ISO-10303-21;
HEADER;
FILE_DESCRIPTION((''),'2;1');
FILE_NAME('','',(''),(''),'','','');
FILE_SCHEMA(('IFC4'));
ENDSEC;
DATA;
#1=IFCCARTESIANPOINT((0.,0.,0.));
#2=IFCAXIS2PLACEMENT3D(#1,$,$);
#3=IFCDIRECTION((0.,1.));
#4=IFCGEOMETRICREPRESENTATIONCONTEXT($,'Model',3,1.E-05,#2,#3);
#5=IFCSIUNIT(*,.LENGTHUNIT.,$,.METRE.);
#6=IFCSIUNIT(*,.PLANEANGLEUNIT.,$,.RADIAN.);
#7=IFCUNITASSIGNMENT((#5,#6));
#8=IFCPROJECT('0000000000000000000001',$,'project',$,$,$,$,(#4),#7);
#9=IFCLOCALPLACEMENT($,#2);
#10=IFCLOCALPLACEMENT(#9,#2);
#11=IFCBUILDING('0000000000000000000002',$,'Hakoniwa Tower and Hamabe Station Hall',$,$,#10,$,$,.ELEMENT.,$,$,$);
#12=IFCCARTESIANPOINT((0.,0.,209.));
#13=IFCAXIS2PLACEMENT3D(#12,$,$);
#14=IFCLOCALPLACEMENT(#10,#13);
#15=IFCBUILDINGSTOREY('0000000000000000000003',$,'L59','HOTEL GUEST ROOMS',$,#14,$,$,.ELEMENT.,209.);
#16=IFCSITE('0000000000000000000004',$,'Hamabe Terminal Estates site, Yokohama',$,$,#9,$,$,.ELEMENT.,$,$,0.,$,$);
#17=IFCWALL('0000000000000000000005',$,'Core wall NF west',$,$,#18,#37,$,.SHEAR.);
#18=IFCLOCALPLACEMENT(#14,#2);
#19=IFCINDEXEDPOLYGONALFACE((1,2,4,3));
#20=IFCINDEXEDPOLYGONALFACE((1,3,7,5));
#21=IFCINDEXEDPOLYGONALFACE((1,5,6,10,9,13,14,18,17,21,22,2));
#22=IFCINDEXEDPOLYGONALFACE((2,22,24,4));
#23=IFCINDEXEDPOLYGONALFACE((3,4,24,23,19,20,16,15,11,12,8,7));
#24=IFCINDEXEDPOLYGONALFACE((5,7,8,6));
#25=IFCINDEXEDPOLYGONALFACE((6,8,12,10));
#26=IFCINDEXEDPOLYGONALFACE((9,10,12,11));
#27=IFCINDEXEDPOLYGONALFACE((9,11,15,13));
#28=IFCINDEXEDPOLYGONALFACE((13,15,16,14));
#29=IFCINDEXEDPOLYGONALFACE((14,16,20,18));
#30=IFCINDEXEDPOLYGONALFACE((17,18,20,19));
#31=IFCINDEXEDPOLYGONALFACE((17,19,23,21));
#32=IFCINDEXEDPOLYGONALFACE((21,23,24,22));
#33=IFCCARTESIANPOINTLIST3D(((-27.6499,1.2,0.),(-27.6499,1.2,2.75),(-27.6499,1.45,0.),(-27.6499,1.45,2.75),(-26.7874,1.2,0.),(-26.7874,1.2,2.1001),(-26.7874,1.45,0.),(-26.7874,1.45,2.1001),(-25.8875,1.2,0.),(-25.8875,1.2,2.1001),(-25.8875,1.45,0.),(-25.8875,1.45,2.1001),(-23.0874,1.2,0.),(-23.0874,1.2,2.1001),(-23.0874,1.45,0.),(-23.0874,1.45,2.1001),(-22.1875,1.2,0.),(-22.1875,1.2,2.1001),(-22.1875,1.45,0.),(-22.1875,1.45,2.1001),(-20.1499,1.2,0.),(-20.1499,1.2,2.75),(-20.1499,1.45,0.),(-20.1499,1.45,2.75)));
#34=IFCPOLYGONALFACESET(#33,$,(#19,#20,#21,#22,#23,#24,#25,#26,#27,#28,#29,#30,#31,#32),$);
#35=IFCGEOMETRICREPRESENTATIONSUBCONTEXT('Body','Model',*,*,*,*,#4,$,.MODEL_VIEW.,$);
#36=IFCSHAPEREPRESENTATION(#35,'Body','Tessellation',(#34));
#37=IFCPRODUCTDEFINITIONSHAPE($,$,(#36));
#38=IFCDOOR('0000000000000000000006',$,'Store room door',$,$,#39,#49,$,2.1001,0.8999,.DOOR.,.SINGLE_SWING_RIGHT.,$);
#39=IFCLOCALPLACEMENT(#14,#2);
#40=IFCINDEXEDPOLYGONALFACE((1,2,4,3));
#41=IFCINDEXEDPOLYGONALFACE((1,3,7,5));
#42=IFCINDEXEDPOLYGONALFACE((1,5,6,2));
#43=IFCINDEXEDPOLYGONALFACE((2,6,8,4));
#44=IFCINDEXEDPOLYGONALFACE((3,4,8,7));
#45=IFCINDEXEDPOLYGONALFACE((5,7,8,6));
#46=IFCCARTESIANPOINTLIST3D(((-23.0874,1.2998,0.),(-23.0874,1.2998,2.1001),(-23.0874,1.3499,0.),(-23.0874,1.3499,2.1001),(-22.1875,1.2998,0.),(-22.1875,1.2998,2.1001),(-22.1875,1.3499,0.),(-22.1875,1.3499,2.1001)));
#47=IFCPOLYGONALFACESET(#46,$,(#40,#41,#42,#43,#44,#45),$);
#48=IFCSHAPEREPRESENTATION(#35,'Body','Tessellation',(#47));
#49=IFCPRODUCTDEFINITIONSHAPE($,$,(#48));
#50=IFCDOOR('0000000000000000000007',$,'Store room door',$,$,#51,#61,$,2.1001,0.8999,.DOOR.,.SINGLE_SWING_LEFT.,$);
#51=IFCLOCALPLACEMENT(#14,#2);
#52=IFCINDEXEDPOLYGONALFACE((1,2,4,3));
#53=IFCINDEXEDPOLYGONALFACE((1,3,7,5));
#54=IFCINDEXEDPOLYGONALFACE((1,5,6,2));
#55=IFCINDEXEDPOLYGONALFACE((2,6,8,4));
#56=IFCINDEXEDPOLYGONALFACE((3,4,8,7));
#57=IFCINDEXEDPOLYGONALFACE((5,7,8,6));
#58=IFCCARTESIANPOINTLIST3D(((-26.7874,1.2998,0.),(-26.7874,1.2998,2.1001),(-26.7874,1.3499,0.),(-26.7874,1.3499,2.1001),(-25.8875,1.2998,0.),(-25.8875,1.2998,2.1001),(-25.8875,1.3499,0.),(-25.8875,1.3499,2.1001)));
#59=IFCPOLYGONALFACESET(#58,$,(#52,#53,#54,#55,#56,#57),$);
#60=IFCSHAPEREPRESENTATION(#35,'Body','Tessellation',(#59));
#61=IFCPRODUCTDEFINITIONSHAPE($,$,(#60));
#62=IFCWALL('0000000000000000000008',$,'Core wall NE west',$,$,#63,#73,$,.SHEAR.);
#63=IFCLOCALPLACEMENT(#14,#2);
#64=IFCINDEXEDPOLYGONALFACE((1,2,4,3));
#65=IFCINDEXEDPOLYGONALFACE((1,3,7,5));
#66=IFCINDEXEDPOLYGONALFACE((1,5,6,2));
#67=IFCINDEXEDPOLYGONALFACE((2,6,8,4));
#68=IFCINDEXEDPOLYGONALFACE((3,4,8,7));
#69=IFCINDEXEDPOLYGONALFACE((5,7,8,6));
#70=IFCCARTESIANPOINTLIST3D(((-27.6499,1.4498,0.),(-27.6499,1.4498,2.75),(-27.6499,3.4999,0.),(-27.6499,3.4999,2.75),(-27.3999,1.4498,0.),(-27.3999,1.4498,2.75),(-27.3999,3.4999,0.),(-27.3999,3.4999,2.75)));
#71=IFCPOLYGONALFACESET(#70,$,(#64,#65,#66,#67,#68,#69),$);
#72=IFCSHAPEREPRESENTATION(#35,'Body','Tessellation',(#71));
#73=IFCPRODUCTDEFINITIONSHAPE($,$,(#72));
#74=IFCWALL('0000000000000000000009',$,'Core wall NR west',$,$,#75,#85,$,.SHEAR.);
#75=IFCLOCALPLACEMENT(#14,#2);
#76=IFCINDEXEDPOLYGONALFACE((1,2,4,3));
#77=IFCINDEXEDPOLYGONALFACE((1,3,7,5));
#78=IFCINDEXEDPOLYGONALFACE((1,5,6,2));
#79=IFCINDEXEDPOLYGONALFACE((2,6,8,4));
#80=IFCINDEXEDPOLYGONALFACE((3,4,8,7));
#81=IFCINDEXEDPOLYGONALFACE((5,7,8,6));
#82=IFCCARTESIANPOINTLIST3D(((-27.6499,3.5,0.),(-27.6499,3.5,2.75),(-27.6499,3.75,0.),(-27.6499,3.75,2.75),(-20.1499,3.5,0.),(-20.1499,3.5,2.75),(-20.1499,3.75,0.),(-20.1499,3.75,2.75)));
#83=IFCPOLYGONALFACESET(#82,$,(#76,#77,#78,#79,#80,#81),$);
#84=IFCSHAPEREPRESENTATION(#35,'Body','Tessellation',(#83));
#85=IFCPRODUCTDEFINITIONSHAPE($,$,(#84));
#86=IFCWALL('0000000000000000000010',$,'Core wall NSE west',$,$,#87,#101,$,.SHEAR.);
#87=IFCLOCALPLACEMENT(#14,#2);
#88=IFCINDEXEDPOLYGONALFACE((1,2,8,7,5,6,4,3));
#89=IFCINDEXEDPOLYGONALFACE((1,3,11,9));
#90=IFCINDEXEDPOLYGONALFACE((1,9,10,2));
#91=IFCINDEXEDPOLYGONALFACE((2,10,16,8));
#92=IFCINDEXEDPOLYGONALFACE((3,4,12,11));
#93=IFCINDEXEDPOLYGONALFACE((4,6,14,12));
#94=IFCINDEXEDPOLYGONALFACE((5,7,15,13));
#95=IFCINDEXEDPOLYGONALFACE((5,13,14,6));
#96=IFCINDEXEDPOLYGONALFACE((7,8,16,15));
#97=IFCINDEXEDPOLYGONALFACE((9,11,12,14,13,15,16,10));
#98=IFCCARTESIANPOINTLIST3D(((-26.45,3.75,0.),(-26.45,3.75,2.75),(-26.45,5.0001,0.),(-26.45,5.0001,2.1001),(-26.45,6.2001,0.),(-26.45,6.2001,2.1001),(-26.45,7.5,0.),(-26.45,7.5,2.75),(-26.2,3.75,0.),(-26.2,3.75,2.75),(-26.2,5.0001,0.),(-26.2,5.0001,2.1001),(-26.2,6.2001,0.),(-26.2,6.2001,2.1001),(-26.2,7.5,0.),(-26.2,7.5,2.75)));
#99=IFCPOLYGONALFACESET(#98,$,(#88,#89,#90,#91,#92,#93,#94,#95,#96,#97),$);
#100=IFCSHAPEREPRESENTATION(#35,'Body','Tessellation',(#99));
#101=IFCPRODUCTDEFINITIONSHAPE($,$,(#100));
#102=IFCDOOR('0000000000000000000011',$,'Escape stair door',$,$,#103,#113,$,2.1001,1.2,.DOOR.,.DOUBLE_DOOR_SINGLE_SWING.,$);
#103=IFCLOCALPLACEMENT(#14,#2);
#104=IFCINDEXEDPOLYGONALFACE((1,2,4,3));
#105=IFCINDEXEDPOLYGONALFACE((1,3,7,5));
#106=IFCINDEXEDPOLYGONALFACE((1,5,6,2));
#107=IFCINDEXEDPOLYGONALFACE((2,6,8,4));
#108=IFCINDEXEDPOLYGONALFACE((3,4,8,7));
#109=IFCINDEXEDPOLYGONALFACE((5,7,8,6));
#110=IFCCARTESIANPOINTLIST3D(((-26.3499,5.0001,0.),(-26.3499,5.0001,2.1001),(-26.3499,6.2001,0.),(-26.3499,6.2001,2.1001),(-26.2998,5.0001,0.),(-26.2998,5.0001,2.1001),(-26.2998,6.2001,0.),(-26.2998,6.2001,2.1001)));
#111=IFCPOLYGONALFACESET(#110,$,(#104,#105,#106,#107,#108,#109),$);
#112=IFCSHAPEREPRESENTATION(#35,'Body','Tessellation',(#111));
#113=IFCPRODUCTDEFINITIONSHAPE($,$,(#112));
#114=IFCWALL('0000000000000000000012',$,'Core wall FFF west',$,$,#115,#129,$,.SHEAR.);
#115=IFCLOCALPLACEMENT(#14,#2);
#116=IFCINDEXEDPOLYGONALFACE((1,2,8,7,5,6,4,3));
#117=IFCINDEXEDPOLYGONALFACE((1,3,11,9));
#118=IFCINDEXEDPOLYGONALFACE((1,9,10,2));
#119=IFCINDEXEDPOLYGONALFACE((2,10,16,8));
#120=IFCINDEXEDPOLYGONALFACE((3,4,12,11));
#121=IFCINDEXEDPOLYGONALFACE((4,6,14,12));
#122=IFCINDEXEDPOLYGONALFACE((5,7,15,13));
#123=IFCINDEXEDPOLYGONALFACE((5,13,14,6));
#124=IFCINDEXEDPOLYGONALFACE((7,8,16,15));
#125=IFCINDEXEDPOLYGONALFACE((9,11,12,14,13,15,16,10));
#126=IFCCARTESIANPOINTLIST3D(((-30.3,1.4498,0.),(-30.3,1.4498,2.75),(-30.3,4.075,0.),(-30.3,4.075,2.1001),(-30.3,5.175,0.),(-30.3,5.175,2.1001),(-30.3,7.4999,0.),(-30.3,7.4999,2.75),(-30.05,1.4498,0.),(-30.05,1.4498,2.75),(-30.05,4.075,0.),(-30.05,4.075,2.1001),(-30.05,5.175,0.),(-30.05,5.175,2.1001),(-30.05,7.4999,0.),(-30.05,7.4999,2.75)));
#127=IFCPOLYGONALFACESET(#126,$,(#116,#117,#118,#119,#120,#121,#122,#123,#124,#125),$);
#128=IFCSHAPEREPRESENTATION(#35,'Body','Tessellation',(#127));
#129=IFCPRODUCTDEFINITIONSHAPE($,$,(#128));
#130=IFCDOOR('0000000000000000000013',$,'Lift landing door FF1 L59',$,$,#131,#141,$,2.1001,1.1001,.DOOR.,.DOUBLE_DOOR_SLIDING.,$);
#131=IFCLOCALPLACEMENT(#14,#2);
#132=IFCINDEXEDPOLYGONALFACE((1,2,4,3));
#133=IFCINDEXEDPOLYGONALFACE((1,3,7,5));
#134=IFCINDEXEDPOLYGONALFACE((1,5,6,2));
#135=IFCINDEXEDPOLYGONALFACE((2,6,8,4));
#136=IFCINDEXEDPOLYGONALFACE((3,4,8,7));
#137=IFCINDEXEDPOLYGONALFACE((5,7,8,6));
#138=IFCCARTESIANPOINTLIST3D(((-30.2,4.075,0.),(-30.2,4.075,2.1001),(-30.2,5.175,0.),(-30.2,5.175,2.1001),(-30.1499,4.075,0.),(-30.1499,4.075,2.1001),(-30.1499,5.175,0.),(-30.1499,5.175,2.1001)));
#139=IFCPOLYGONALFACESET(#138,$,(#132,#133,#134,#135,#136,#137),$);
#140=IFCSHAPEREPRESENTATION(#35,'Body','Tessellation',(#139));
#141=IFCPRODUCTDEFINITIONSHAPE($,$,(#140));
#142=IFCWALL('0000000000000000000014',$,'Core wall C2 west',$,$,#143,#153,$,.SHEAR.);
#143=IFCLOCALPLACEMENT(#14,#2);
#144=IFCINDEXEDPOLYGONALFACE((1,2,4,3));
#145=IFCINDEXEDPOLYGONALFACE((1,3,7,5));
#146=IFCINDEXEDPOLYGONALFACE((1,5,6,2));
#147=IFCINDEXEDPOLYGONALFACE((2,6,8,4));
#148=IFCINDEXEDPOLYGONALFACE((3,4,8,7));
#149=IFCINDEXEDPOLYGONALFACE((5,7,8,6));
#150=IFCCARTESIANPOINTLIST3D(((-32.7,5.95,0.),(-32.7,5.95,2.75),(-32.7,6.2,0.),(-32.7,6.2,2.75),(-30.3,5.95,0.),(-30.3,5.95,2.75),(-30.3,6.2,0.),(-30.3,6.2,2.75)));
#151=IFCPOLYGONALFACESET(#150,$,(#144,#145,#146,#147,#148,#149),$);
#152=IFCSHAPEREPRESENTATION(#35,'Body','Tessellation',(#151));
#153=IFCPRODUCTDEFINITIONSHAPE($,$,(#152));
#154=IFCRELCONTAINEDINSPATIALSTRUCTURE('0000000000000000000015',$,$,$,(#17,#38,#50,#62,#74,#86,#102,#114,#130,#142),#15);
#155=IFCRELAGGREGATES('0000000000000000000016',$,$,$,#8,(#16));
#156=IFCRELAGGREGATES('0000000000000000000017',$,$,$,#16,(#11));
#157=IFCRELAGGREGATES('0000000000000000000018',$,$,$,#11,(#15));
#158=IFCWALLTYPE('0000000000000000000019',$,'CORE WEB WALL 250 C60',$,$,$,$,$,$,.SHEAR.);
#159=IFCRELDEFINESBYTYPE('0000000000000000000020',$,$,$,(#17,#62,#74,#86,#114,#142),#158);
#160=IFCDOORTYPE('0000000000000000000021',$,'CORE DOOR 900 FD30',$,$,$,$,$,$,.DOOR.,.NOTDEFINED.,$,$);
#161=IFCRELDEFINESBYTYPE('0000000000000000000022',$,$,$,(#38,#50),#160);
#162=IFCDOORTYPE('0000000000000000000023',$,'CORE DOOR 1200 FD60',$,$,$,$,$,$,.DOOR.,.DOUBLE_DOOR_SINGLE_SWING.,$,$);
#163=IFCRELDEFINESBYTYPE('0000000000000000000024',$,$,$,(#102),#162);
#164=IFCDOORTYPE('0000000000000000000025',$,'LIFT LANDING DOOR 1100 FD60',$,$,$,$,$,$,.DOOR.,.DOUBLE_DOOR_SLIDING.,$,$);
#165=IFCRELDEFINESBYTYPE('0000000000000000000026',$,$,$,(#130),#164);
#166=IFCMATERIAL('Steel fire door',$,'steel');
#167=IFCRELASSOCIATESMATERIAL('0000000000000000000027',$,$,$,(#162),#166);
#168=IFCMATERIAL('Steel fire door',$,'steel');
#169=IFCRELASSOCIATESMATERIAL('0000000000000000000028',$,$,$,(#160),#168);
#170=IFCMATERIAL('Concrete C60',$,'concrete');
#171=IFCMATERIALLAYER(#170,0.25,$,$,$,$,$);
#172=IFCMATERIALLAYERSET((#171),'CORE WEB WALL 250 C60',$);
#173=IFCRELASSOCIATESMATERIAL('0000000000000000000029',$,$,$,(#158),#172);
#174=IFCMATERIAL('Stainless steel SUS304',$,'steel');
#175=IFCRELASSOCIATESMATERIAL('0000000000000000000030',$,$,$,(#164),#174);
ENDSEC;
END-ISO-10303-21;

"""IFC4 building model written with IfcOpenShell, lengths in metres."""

from ifc_helpers import new_model, si_unit, direction, frame, frame_2d, origin, place, context, subcontext, project, spatial, rectangle, extrude, material, layer, layer_set, type_object, element, fill, save


model = new_model("IFC4")

# Units and contexts
model_context = context("Model", 3, precision=1e-05, world=origin(), true_north=direction((0.0, 1.0)))
body_context = subcontext(model_context, "Body", "Model", "MODEL_VIEW")
ifc_project = project(units=[si_unit("LENGTHUNIT", "METRE"), si_unit("PLANEANGLEUNIT", "RADIAN")], contexts=[model_context])

# Site, building, storey
site_placement = place(None, origin())
site = spatial("IfcSite", under=ifc_project, at=site_placement, Name="Hamabe Terminal Estates site, Yokohama", CompositionType="ELEMENT", RefElevation=0.0)
building_placement = place(site_placement, origin())
building = spatial("IfcBuilding", under=site, at=building_placement, Name="Hakoniwa Tower and Hamabe Station Hall", CompositionType="ELEMENT")
storey_placement = place(building_placement, frame((0.0, 0.0, 209.0)))
storey = spatial("IfcBuildingStorey", under=building, at=storey_placement, Name="L59", Description="HOTEL GUEST ROOMS", CompositionType="ELEMENT", Elevation=209.0)

# Shared definitions
ifc_material_1 = material(Name="Steel fire door", Category="steel")
door_type_1 = type_object("IfcDoorType", Name="CORE DOOR 1200 FD60", OperationType="DOUBLE_DOOR_SINGLE_SWING", PredefinedType="DOOR", material=ifc_material_1)
ifc_material_2 = material(Name="Steel fire door", Category="steel")
door_type_2 = type_object("IfcDoorType", Name="CORE DOOR 900 FD30", OperationType="NOTDEFINED", PredefinedType="DOOR", material=ifc_material_2)

# Wall, openings, doors
ifc_material_3 = material(Name="Concrete C60", Category="concrete")
ifc_layer_1 = layer(ifc_material_3, 0.25)
ifc_layer_set_1 = layer_set([ifc_layer_1], Name="CORE WEB WALL 250 C60")
wall_type_1 = type_object("IfcWallType", Name="CORE WEB WALL 250 C60", PredefinedType="SHEAR", material=ifc_layer_set_1)
wall_1_placement = place(storey_placement, frame((-27.6499, 1.325, 0.0), z_axis=(0.0, 0.0, 1.0), x_axis=(1.0, 0.0, 0.0)))
wall_1 = element("IfcWall", 1, at=wall_1_placement, inside=storey, type_object=wall_type_1, Name="Core wall NF west", PredefinedType="SHEAR", context=body_context, shape_type="SweptSolid", body=[
    extrude(rectangle(XDim=7.5, YDim=0.25, at=frame_2d((3.75, 0.0))), origin(), (0.0, 0.0, 1.0), 2.75),
])
opening_1_placement = place(wall_1_placement, frame((4.5625, 0.0, 0.0)))
opening_1 = element("IfcOpeningElement", 2, at=opening_1_placement, cuts=wall_1, PredefinedType="OPENING", context=body_context, shape_type="SweptSolid", body=[
    extrude(rectangle(XDim=0.8999, YDim=2.1001, at=frame_2d((0.45, 1.05))), frame((0.0, 0.135, 0.0), z_axis=(0.0, -1.0, 0.0), x_axis=(1.0, 0.0, 0.0)), (0.0, 0.0, 1.0), 0.27),
])
opening_2_placement = place(wall_1_placement, frame((0.8625, 0.0, 0.0)))
opening_2 = element("IfcOpeningElement", 3, at=opening_2_placement, cuts=wall_1, PredefinedType="OPENING", context=body_context, shape_type="SweptSolid", body=[
    extrude(rectangle(XDim=0.8999, YDim=2.1001, at=frame_2d((0.45, 1.05))), frame((0.0, 0.135, 0.0), z_axis=(0.0, -1.0, 0.0), x_axis=(1.0, 0.0, 0.0)), (0.0, 0.0, 1.0), 0.27),
])
door_1_placement = place(opening_1_placement, origin())
door_1 = element("IfcDoor", 4, at=door_1_placement, inside=storey, type_object=door_type_2, Name="Store room door", OperationType="SINGLE_SWING_RIGHT", OverallHeight=2.1001, OverallWidth=0.8999, PredefinedType="DOOR", context=body_context, shape_type="SweptSolid", body=[
    extrude(rectangle(XDim=0.8999, YDim=2.1001, at=frame_2d((0.45, 1.05))), frame((0.0, 0.0249, 0.0), z_axis=(0.0, -1.0, 0.0), x_axis=(1.0, 0.0, 0.0)), (0.0, 0.0, 1.0), 0.05),
])
fill(opening_1, door_1)
door_2_placement = place(opening_2_placement, origin())
door_2 = element("IfcDoor", 5, at=door_2_placement, inside=storey, type_object=door_type_2, Name="Store room door", OperationType="SINGLE_SWING_LEFT", OverallHeight=2.1001, OverallWidth=0.8999, PredefinedType="DOOR", context=body_context, shape_type="SweptSolid", body=[
    extrude(rectangle(XDim=0.8999, YDim=2.1001, at=frame_2d((0.45, 1.05))), frame((0.0, 0.0249, 0.0), z_axis=(0.0, -1.0, 0.0), x_axis=(1.0, 0.0, 0.0)), (0.0, 0.0, 1.0), 0.05),
])
fill(opening_2, door_2)

# Walls
wall_2_placement = place(storey_placement, frame((-27.5249, 1.45, 0.0), z_axis=(0.0, 0.0, 1.0), x_axis=(0.0, 1.0, 0.0)))
element("IfcWall", 6, at=wall_2_placement, inside=storey, type_object=wall_type_1, Name="Core wall NE west", PredefinedType="SHEAR", context=body_context, shape_type="SweptSolid", body=[
    extrude(rectangle(XDim=2.05, YDim=0.25, at=frame_2d((1.0249, 0.0))), origin(), (0.0, 0.0, 1.0), 2.75),
])
wall_3_placement = place(storey_placement, frame((-27.6499, 3.625, 0.0), z_axis=(0.0, 0.0, 1.0), x_axis=(1.0, 0.0, 0.0)))
element("IfcWall", 7, at=wall_3_placement, inside=storey, type_object=wall_type_1, Name="Core wall NR west", PredefinedType="SHEAR", context=body_context, shape_type="SweptSolid", body=[
    extrude(rectangle(XDim=7.5, YDim=0.25, at=frame_2d((3.75, 0.0))), origin(), (0.0, 0.0, 1.0), 2.75),
])

# Walls, openings, doors
wall_4_placement = place(storey_placement, frame((-26.325, 3.75, 0.0), z_axis=(0.0, 0.0, 1.0), x_axis=(0.0, 1.0, 0.0)))
wall_4 = element("IfcWall", 8, at=wall_4_placement, inside=storey, type_object=wall_type_1, Name="Core wall NSE west", PredefinedType="SHEAR", context=body_context, shape_type="SweptSolid", body=[
    extrude(rectangle(XDim=3.75, YDim=0.25, at=frame_2d((1.875, 0.0))), origin(), (0.0, 0.0, 1.0), 2.75),
])
opening_3_placement = place(wall_4_placement, frame((1.25, 0.0, 0.0)))
opening_3 = element("IfcOpeningElement", 9, at=opening_3_placement, cuts=wall_4, PredefinedType="OPENING", context=body_context, shape_type="SweptSolid", body=[
    extrude(rectangle(XDim=1.2, YDim=2.1001, at=frame_2d((0.6001, 1.05))), frame((0.0, 0.135, 0.0), z_axis=(0.0, -1.0, 0.0), x_axis=(1.0, 0.0, 0.0)), (0.0, 0.0, 1.0), 0.27),
])
door_3_placement = place(opening_3_placement, origin())
door_3 = element("IfcDoor", 10, at=door_3_placement, inside=storey, type_object=door_type_1, Name="Escape stair door", OperationType="DOUBLE_DOOR_SINGLE_SWING", OverallHeight=2.1001, OverallWidth=1.2, PredefinedType="DOOR", context=body_context, shape_type="SweptSolid", body=[
    extrude(rectangle(XDim=1.2, YDim=2.1001, at=frame_2d((0.6001, 1.05))), frame((0.0, 0.0249, 0.0), z_axis=(0.0, -1.0, 0.0), x_axis=(1.0, 0.0, 0.0)), (0.0, 0.0, 1.0), 0.05),
])
fill(opening_3, door_3)
wall_5_placement = place(storey_placement, frame((-30.175, 1.45, 0.0), z_axis=(0.0, 0.0, 1.0), x_axis=(0.0, 1.0, 0.0)))
wall_5 = element("IfcWall", 11, at=wall_5_placement, inside=storey, type_object=wall_type_1, Name="Core wall FFF west", PredefinedType="SHEAR", context=body_context, shape_type="SweptSolid", body=[
    extrude(rectangle(XDim=6.05, YDim=0.25, at=frame_2d((3.0249, 0.0))), origin(), (0.0, 0.0, 1.0), 2.75),
])
opening_4_placement = place(wall_5_placement, frame((2.625, 0.0, 0.0)))
opening_4 = element("IfcOpeningElement", 12, at=opening_4_placement, cuts=wall_5, PredefinedType="OPENING", context=body_context, shape_type="SweptSolid", body=[
    extrude(rectangle(XDim=1.1001, YDim=2.1001, at=frame_2d((0.55, 1.05))), frame((0.0, 0.135, 0.0), z_axis=(0.0, -1.0, 0.0), x_axis=(1.0, 0.0, 0.0)), (0.0, 0.0, 1.0), 0.27),
])
ifc_material_4 = material(Name="Stainless steel SUS304", Category="steel")
door_type_3 = type_object("IfcDoorType", Name="LIFT LANDING DOOR 1100 FD60", OperationType="DOUBLE_DOOR_SLIDING", PredefinedType="DOOR", material=ifc_material_4)
door_4_placement = place(opening_4_placement, origin())
door_4 = element("IfcDoor", 13, at=door_4_placement, inside=storey, type_object=door_type_3, Name="Lift landing door FF1 L59", OperationType="DOUBLE_DOOR_SLIDING", OverallHeight=2.1001, OverallWidth=1.1001, PredefinedType="DOOR", context=body_context, shape_type="SweptSolid", body=[
    extrude(rectangle(XDim=1.1001, YDim=2.1001, at=frame_2d((0.55, 1.05))), frame((0.0, 0.0249, 0.0), z_axis=(0.0, -1.0, 0.0), x_axis=(1.0, 0.0, 0.0)), (0.0, 0.0, 1.0), 0.05),
])
fill(opening_4, door_4)

# Wall
wall_6_placement = place(storey_placement, frame((-32.7, 6.075, 0.0), z_axis=(0.0, 0.0, 1.0), x_axis=(1.0, 0.0, 0.0)))
element("IfcWall", 14, at=wall_6_placement, inside=storey, type_object=wall_type_1, Name="Core wall C2 west", PredefinedType="SHEAR", context=body_context, shape_type="SweptSolid", body=[
    extrude(rectangle(XDim=2.3999, YDim=0.25, at=frame_2d((1.2, 0.0))), origin(), (0.0, 0.0, 1.0), 2.75),
])

save(model, "model.ifc")
